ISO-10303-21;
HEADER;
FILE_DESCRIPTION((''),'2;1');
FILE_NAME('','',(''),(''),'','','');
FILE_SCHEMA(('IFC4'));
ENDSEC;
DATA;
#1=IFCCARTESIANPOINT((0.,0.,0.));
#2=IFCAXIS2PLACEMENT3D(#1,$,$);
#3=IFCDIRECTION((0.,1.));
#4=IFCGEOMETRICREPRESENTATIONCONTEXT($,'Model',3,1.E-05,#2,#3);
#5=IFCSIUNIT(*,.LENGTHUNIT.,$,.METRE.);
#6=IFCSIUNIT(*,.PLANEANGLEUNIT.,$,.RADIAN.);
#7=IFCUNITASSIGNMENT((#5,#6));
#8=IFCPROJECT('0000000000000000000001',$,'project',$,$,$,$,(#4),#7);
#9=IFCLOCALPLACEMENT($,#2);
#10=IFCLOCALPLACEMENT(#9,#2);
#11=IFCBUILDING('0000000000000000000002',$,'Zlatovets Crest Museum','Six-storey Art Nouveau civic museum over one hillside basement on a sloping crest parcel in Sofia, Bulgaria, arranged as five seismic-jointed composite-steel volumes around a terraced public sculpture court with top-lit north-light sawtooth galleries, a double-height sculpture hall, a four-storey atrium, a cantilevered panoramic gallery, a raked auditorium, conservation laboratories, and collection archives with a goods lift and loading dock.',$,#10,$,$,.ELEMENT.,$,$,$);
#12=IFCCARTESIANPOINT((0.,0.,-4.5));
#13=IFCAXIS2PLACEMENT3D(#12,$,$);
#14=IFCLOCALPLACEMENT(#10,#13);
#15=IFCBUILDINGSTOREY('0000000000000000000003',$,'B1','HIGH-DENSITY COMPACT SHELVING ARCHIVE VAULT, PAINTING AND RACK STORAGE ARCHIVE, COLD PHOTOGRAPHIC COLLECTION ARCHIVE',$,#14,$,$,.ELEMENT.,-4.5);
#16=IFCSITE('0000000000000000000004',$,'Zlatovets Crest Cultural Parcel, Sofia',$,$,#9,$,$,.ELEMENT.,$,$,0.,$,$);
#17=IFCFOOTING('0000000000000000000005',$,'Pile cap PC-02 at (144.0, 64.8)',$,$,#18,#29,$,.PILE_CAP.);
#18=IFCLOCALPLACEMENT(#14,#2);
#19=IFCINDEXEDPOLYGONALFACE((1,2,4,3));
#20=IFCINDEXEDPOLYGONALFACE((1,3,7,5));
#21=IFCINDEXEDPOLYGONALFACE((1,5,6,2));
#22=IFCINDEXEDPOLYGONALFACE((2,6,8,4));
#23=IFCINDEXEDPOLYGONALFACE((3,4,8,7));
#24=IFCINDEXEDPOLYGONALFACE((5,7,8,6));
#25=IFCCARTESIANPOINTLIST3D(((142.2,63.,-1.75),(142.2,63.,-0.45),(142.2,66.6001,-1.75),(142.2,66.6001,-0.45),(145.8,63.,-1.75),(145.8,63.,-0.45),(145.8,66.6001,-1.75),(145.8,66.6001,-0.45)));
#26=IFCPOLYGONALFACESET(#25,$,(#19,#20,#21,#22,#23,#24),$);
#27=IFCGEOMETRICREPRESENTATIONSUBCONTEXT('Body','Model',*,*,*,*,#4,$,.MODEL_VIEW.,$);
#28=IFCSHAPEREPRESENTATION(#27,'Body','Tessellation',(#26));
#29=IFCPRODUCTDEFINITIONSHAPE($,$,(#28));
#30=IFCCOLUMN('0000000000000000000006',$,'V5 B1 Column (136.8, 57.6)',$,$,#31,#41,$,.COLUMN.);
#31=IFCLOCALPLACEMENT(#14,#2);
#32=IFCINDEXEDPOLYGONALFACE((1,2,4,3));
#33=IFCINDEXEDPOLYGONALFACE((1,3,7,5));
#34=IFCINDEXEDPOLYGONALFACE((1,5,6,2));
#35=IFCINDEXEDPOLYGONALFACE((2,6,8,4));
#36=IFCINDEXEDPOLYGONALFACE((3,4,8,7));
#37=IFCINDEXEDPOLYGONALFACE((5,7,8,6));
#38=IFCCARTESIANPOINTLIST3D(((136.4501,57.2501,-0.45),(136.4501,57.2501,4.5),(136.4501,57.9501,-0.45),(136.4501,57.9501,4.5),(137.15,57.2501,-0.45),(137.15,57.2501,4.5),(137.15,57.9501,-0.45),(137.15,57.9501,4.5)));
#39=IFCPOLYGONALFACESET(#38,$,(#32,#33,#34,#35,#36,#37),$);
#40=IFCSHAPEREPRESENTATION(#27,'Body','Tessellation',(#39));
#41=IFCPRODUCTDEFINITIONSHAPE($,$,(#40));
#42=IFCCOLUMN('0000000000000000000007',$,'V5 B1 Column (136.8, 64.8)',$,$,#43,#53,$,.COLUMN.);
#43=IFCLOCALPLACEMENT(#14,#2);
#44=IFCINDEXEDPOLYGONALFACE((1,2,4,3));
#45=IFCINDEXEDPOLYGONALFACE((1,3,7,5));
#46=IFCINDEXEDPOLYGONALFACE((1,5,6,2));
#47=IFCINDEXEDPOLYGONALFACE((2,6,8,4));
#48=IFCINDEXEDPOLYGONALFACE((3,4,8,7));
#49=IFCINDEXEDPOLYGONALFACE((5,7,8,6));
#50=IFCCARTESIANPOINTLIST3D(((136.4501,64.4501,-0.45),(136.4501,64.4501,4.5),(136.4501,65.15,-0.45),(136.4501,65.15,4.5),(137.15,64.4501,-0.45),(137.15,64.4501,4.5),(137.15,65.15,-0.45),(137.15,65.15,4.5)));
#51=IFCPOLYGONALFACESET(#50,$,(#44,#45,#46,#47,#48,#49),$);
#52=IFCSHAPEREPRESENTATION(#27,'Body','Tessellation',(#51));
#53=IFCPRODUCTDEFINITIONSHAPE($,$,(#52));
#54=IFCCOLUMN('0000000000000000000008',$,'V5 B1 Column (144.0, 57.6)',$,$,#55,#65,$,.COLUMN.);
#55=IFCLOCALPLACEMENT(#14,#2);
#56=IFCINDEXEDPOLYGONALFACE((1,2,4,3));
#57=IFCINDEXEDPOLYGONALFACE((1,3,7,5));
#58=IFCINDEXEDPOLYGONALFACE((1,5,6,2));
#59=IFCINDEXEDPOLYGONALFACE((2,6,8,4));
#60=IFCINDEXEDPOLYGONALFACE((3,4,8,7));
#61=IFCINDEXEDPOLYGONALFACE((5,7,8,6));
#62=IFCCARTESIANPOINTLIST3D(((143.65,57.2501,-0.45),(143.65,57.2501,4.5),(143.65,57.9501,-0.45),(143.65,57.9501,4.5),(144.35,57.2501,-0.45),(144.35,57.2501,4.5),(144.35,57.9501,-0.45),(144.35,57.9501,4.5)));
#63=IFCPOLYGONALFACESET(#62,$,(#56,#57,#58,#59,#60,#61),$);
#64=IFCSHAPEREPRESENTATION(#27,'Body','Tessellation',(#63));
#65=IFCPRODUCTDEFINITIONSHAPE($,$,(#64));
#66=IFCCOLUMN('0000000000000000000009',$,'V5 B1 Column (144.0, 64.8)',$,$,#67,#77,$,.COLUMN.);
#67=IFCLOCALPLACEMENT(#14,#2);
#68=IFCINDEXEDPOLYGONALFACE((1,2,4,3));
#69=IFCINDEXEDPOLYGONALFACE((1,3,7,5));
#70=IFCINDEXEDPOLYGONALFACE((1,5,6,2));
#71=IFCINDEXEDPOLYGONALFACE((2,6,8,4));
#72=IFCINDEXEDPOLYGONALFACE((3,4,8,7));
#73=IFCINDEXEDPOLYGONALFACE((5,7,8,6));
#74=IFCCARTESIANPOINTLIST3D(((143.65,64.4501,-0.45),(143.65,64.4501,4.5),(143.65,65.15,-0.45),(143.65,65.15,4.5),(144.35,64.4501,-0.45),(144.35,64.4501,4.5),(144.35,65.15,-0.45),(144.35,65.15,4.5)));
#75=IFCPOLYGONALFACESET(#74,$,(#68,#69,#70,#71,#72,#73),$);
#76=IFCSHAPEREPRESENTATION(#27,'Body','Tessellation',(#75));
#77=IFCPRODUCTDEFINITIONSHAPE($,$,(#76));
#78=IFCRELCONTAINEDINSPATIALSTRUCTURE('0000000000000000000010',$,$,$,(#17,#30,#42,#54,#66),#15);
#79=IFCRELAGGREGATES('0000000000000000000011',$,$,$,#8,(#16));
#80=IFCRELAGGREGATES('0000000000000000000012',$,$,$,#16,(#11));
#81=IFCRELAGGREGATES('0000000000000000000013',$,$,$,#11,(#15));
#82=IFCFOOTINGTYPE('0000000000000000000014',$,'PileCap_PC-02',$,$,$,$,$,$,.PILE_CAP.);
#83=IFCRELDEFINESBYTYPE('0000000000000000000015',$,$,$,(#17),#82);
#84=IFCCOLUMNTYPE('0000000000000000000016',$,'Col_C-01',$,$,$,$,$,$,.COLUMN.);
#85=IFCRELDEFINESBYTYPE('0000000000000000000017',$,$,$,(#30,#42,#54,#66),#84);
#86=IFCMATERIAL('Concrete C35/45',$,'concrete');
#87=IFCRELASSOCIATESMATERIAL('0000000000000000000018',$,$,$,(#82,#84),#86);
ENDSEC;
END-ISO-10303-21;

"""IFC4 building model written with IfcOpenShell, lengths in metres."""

from ifc_helpers import new_model, si_unit, direction, frame, origin, origin_2d, place, context, subcontext, project, spatial, rectangle, extrude, material, material_profile, profile_set, type_object, element, save


model = new_model("IFC4")

# Units and contexts
model_context = context("Model", 3, precision=1e-05, world=origin(), true_north=direction((0.0, 1.0)))
body_context = subcontext(model_context, "Body", "Model", "MODEL_VIEW")
ifc_project = project(units=[si_unit("LENGTHUNIT", "METRE"), si_unit("PLANEANGLEUNIT", "RADIAN")], contexts=[model_context])

# Site, building, storey
site_placement = place(None, origin())
site = spatial("IfcSite", under=ifc_project, at=site_placement, Name="Zlatovets Crest Cultural Parcel, Sofia", CompositionType="ELEMENT", RefElevation=0.0)
building_placement = place(site_placement, origin())
building = spatial("IfcBuilding", under=site, at=building_placement, Name="Zlatovets Crest Museum", Description="Six-storey Art Nouveau civic museum over one hillside basement on a sloping crest parcel in Sofia, Bulgaria, arranged as five seismic-jointed composite-steel volumes around a terraced public sculpture court with top-lit north-light sawtooth galleries, a double-height sculpture hall, a four-storey atrium, a cantilevered panoramic gallery, a raked auditorium, conservation laboratories, and collection archives with a goods lift and loading dock.", CompositionType="ELEMENT")
storey_placement = place(building_placement, frame((0.0, 0.0, -4.5)))
storey = spatial("IfcBuildingStorey", under=building, at=storey_placement, Name="B1", Description="HIGH-DENSITY COMPACT SHELVING ARCHIVE VAULT, PAINTING AND RACK STORAGE ARCHIVE, COLD PHOTOGRAPHIC COLLECTION ARCHIVE", CompositionType="ELEMENT", Elevation=-4.5)

# Shared definitions
ifc_material = material(Name="Concrete C35/45", Category="concrete")

# Footing
footing_type = type_object("IfcFootingType", Name="PileCap_PC-02", PredefinedType="PILE_CAP", material=ifc_material)
for number, where, z_axis, x_axis, name in (
    (1, (144.0, 64.8, -1.75), (0.0, 0.0, 1.0), (1.0, 0.0, 0.0), "Pile cap PC-02 at (144.0, 64.8)"),
):
    element("IfcFooting", number, at=place(storey_placement, frame(where, z_axis=z_axis, x_axis=x_axis)), inside=storey, type_object=footing_type, Name=name, PredefinedType="PILE_CAP", context=body_context, shape_type="SweptSolid", body=[
        extrude(rectangle(XDim=3.6001, YDim=3.6001, at=origin_2d()), origin(), (0.0, 0.0, 1.0), 1.3),
    ])

# Columns
ifc_material_profile_1 = material_profile(ifc_material, rectangle(XDim=0.7, YDim=0.7, at=origin_2d()), Name="RC 700x700")
ifc_profile_set_1 = profile_set([ifc_material_profile_1], Name="Concrete C35/45")
column_type = type_object("IfcColumnType", Name="Col_C-01", PredefinedType="COLUMN", material=ifc_profile_set_1)
for number, where, z_axis, x_axis, name in (
    (2, (136.8, 57.6001, -0.45), (0.0, 0.0, 1.0), (0.0, 1.0, 0.0), "V5 B1 Column (136.8, 57.6)"),
    (3, (136.8, 64.8, -0.45), (0.0, 0.0, 1.0), (1.0, 0.0, 0.0), "V5 B1 Column (136.8, 64.8)"),
    (4, (144.0, 57.6001, -0.45), (0.0, 0.0, 1.0), (1.0, 0.0, 0.0), "V5 B1 Column (144.0, 57.6)"),
    (5, (144.0, 64.8, -0.45), (0.0, 0.0, 1.0), (0.0, 1.0, 0.0), "V5 B1 Column (144.0, 64.8)"),
):
    element("IfcColumn", number, at=place(storey_placement, frame(where, z_axis=z_axis, x_axis=x_axis)), inside=storey, type_object=column_type, Name=name, PredefinedType="COLUMN", context=body_context, shape_type="SweptSolid", body=[
        extrude(rectangle(XDim=0.7, YDim=0.7, at=origin_2d()), origin(), (0.0, 0.0, 1.0), 4.95),
    ])

save(model, "model.ifc")
